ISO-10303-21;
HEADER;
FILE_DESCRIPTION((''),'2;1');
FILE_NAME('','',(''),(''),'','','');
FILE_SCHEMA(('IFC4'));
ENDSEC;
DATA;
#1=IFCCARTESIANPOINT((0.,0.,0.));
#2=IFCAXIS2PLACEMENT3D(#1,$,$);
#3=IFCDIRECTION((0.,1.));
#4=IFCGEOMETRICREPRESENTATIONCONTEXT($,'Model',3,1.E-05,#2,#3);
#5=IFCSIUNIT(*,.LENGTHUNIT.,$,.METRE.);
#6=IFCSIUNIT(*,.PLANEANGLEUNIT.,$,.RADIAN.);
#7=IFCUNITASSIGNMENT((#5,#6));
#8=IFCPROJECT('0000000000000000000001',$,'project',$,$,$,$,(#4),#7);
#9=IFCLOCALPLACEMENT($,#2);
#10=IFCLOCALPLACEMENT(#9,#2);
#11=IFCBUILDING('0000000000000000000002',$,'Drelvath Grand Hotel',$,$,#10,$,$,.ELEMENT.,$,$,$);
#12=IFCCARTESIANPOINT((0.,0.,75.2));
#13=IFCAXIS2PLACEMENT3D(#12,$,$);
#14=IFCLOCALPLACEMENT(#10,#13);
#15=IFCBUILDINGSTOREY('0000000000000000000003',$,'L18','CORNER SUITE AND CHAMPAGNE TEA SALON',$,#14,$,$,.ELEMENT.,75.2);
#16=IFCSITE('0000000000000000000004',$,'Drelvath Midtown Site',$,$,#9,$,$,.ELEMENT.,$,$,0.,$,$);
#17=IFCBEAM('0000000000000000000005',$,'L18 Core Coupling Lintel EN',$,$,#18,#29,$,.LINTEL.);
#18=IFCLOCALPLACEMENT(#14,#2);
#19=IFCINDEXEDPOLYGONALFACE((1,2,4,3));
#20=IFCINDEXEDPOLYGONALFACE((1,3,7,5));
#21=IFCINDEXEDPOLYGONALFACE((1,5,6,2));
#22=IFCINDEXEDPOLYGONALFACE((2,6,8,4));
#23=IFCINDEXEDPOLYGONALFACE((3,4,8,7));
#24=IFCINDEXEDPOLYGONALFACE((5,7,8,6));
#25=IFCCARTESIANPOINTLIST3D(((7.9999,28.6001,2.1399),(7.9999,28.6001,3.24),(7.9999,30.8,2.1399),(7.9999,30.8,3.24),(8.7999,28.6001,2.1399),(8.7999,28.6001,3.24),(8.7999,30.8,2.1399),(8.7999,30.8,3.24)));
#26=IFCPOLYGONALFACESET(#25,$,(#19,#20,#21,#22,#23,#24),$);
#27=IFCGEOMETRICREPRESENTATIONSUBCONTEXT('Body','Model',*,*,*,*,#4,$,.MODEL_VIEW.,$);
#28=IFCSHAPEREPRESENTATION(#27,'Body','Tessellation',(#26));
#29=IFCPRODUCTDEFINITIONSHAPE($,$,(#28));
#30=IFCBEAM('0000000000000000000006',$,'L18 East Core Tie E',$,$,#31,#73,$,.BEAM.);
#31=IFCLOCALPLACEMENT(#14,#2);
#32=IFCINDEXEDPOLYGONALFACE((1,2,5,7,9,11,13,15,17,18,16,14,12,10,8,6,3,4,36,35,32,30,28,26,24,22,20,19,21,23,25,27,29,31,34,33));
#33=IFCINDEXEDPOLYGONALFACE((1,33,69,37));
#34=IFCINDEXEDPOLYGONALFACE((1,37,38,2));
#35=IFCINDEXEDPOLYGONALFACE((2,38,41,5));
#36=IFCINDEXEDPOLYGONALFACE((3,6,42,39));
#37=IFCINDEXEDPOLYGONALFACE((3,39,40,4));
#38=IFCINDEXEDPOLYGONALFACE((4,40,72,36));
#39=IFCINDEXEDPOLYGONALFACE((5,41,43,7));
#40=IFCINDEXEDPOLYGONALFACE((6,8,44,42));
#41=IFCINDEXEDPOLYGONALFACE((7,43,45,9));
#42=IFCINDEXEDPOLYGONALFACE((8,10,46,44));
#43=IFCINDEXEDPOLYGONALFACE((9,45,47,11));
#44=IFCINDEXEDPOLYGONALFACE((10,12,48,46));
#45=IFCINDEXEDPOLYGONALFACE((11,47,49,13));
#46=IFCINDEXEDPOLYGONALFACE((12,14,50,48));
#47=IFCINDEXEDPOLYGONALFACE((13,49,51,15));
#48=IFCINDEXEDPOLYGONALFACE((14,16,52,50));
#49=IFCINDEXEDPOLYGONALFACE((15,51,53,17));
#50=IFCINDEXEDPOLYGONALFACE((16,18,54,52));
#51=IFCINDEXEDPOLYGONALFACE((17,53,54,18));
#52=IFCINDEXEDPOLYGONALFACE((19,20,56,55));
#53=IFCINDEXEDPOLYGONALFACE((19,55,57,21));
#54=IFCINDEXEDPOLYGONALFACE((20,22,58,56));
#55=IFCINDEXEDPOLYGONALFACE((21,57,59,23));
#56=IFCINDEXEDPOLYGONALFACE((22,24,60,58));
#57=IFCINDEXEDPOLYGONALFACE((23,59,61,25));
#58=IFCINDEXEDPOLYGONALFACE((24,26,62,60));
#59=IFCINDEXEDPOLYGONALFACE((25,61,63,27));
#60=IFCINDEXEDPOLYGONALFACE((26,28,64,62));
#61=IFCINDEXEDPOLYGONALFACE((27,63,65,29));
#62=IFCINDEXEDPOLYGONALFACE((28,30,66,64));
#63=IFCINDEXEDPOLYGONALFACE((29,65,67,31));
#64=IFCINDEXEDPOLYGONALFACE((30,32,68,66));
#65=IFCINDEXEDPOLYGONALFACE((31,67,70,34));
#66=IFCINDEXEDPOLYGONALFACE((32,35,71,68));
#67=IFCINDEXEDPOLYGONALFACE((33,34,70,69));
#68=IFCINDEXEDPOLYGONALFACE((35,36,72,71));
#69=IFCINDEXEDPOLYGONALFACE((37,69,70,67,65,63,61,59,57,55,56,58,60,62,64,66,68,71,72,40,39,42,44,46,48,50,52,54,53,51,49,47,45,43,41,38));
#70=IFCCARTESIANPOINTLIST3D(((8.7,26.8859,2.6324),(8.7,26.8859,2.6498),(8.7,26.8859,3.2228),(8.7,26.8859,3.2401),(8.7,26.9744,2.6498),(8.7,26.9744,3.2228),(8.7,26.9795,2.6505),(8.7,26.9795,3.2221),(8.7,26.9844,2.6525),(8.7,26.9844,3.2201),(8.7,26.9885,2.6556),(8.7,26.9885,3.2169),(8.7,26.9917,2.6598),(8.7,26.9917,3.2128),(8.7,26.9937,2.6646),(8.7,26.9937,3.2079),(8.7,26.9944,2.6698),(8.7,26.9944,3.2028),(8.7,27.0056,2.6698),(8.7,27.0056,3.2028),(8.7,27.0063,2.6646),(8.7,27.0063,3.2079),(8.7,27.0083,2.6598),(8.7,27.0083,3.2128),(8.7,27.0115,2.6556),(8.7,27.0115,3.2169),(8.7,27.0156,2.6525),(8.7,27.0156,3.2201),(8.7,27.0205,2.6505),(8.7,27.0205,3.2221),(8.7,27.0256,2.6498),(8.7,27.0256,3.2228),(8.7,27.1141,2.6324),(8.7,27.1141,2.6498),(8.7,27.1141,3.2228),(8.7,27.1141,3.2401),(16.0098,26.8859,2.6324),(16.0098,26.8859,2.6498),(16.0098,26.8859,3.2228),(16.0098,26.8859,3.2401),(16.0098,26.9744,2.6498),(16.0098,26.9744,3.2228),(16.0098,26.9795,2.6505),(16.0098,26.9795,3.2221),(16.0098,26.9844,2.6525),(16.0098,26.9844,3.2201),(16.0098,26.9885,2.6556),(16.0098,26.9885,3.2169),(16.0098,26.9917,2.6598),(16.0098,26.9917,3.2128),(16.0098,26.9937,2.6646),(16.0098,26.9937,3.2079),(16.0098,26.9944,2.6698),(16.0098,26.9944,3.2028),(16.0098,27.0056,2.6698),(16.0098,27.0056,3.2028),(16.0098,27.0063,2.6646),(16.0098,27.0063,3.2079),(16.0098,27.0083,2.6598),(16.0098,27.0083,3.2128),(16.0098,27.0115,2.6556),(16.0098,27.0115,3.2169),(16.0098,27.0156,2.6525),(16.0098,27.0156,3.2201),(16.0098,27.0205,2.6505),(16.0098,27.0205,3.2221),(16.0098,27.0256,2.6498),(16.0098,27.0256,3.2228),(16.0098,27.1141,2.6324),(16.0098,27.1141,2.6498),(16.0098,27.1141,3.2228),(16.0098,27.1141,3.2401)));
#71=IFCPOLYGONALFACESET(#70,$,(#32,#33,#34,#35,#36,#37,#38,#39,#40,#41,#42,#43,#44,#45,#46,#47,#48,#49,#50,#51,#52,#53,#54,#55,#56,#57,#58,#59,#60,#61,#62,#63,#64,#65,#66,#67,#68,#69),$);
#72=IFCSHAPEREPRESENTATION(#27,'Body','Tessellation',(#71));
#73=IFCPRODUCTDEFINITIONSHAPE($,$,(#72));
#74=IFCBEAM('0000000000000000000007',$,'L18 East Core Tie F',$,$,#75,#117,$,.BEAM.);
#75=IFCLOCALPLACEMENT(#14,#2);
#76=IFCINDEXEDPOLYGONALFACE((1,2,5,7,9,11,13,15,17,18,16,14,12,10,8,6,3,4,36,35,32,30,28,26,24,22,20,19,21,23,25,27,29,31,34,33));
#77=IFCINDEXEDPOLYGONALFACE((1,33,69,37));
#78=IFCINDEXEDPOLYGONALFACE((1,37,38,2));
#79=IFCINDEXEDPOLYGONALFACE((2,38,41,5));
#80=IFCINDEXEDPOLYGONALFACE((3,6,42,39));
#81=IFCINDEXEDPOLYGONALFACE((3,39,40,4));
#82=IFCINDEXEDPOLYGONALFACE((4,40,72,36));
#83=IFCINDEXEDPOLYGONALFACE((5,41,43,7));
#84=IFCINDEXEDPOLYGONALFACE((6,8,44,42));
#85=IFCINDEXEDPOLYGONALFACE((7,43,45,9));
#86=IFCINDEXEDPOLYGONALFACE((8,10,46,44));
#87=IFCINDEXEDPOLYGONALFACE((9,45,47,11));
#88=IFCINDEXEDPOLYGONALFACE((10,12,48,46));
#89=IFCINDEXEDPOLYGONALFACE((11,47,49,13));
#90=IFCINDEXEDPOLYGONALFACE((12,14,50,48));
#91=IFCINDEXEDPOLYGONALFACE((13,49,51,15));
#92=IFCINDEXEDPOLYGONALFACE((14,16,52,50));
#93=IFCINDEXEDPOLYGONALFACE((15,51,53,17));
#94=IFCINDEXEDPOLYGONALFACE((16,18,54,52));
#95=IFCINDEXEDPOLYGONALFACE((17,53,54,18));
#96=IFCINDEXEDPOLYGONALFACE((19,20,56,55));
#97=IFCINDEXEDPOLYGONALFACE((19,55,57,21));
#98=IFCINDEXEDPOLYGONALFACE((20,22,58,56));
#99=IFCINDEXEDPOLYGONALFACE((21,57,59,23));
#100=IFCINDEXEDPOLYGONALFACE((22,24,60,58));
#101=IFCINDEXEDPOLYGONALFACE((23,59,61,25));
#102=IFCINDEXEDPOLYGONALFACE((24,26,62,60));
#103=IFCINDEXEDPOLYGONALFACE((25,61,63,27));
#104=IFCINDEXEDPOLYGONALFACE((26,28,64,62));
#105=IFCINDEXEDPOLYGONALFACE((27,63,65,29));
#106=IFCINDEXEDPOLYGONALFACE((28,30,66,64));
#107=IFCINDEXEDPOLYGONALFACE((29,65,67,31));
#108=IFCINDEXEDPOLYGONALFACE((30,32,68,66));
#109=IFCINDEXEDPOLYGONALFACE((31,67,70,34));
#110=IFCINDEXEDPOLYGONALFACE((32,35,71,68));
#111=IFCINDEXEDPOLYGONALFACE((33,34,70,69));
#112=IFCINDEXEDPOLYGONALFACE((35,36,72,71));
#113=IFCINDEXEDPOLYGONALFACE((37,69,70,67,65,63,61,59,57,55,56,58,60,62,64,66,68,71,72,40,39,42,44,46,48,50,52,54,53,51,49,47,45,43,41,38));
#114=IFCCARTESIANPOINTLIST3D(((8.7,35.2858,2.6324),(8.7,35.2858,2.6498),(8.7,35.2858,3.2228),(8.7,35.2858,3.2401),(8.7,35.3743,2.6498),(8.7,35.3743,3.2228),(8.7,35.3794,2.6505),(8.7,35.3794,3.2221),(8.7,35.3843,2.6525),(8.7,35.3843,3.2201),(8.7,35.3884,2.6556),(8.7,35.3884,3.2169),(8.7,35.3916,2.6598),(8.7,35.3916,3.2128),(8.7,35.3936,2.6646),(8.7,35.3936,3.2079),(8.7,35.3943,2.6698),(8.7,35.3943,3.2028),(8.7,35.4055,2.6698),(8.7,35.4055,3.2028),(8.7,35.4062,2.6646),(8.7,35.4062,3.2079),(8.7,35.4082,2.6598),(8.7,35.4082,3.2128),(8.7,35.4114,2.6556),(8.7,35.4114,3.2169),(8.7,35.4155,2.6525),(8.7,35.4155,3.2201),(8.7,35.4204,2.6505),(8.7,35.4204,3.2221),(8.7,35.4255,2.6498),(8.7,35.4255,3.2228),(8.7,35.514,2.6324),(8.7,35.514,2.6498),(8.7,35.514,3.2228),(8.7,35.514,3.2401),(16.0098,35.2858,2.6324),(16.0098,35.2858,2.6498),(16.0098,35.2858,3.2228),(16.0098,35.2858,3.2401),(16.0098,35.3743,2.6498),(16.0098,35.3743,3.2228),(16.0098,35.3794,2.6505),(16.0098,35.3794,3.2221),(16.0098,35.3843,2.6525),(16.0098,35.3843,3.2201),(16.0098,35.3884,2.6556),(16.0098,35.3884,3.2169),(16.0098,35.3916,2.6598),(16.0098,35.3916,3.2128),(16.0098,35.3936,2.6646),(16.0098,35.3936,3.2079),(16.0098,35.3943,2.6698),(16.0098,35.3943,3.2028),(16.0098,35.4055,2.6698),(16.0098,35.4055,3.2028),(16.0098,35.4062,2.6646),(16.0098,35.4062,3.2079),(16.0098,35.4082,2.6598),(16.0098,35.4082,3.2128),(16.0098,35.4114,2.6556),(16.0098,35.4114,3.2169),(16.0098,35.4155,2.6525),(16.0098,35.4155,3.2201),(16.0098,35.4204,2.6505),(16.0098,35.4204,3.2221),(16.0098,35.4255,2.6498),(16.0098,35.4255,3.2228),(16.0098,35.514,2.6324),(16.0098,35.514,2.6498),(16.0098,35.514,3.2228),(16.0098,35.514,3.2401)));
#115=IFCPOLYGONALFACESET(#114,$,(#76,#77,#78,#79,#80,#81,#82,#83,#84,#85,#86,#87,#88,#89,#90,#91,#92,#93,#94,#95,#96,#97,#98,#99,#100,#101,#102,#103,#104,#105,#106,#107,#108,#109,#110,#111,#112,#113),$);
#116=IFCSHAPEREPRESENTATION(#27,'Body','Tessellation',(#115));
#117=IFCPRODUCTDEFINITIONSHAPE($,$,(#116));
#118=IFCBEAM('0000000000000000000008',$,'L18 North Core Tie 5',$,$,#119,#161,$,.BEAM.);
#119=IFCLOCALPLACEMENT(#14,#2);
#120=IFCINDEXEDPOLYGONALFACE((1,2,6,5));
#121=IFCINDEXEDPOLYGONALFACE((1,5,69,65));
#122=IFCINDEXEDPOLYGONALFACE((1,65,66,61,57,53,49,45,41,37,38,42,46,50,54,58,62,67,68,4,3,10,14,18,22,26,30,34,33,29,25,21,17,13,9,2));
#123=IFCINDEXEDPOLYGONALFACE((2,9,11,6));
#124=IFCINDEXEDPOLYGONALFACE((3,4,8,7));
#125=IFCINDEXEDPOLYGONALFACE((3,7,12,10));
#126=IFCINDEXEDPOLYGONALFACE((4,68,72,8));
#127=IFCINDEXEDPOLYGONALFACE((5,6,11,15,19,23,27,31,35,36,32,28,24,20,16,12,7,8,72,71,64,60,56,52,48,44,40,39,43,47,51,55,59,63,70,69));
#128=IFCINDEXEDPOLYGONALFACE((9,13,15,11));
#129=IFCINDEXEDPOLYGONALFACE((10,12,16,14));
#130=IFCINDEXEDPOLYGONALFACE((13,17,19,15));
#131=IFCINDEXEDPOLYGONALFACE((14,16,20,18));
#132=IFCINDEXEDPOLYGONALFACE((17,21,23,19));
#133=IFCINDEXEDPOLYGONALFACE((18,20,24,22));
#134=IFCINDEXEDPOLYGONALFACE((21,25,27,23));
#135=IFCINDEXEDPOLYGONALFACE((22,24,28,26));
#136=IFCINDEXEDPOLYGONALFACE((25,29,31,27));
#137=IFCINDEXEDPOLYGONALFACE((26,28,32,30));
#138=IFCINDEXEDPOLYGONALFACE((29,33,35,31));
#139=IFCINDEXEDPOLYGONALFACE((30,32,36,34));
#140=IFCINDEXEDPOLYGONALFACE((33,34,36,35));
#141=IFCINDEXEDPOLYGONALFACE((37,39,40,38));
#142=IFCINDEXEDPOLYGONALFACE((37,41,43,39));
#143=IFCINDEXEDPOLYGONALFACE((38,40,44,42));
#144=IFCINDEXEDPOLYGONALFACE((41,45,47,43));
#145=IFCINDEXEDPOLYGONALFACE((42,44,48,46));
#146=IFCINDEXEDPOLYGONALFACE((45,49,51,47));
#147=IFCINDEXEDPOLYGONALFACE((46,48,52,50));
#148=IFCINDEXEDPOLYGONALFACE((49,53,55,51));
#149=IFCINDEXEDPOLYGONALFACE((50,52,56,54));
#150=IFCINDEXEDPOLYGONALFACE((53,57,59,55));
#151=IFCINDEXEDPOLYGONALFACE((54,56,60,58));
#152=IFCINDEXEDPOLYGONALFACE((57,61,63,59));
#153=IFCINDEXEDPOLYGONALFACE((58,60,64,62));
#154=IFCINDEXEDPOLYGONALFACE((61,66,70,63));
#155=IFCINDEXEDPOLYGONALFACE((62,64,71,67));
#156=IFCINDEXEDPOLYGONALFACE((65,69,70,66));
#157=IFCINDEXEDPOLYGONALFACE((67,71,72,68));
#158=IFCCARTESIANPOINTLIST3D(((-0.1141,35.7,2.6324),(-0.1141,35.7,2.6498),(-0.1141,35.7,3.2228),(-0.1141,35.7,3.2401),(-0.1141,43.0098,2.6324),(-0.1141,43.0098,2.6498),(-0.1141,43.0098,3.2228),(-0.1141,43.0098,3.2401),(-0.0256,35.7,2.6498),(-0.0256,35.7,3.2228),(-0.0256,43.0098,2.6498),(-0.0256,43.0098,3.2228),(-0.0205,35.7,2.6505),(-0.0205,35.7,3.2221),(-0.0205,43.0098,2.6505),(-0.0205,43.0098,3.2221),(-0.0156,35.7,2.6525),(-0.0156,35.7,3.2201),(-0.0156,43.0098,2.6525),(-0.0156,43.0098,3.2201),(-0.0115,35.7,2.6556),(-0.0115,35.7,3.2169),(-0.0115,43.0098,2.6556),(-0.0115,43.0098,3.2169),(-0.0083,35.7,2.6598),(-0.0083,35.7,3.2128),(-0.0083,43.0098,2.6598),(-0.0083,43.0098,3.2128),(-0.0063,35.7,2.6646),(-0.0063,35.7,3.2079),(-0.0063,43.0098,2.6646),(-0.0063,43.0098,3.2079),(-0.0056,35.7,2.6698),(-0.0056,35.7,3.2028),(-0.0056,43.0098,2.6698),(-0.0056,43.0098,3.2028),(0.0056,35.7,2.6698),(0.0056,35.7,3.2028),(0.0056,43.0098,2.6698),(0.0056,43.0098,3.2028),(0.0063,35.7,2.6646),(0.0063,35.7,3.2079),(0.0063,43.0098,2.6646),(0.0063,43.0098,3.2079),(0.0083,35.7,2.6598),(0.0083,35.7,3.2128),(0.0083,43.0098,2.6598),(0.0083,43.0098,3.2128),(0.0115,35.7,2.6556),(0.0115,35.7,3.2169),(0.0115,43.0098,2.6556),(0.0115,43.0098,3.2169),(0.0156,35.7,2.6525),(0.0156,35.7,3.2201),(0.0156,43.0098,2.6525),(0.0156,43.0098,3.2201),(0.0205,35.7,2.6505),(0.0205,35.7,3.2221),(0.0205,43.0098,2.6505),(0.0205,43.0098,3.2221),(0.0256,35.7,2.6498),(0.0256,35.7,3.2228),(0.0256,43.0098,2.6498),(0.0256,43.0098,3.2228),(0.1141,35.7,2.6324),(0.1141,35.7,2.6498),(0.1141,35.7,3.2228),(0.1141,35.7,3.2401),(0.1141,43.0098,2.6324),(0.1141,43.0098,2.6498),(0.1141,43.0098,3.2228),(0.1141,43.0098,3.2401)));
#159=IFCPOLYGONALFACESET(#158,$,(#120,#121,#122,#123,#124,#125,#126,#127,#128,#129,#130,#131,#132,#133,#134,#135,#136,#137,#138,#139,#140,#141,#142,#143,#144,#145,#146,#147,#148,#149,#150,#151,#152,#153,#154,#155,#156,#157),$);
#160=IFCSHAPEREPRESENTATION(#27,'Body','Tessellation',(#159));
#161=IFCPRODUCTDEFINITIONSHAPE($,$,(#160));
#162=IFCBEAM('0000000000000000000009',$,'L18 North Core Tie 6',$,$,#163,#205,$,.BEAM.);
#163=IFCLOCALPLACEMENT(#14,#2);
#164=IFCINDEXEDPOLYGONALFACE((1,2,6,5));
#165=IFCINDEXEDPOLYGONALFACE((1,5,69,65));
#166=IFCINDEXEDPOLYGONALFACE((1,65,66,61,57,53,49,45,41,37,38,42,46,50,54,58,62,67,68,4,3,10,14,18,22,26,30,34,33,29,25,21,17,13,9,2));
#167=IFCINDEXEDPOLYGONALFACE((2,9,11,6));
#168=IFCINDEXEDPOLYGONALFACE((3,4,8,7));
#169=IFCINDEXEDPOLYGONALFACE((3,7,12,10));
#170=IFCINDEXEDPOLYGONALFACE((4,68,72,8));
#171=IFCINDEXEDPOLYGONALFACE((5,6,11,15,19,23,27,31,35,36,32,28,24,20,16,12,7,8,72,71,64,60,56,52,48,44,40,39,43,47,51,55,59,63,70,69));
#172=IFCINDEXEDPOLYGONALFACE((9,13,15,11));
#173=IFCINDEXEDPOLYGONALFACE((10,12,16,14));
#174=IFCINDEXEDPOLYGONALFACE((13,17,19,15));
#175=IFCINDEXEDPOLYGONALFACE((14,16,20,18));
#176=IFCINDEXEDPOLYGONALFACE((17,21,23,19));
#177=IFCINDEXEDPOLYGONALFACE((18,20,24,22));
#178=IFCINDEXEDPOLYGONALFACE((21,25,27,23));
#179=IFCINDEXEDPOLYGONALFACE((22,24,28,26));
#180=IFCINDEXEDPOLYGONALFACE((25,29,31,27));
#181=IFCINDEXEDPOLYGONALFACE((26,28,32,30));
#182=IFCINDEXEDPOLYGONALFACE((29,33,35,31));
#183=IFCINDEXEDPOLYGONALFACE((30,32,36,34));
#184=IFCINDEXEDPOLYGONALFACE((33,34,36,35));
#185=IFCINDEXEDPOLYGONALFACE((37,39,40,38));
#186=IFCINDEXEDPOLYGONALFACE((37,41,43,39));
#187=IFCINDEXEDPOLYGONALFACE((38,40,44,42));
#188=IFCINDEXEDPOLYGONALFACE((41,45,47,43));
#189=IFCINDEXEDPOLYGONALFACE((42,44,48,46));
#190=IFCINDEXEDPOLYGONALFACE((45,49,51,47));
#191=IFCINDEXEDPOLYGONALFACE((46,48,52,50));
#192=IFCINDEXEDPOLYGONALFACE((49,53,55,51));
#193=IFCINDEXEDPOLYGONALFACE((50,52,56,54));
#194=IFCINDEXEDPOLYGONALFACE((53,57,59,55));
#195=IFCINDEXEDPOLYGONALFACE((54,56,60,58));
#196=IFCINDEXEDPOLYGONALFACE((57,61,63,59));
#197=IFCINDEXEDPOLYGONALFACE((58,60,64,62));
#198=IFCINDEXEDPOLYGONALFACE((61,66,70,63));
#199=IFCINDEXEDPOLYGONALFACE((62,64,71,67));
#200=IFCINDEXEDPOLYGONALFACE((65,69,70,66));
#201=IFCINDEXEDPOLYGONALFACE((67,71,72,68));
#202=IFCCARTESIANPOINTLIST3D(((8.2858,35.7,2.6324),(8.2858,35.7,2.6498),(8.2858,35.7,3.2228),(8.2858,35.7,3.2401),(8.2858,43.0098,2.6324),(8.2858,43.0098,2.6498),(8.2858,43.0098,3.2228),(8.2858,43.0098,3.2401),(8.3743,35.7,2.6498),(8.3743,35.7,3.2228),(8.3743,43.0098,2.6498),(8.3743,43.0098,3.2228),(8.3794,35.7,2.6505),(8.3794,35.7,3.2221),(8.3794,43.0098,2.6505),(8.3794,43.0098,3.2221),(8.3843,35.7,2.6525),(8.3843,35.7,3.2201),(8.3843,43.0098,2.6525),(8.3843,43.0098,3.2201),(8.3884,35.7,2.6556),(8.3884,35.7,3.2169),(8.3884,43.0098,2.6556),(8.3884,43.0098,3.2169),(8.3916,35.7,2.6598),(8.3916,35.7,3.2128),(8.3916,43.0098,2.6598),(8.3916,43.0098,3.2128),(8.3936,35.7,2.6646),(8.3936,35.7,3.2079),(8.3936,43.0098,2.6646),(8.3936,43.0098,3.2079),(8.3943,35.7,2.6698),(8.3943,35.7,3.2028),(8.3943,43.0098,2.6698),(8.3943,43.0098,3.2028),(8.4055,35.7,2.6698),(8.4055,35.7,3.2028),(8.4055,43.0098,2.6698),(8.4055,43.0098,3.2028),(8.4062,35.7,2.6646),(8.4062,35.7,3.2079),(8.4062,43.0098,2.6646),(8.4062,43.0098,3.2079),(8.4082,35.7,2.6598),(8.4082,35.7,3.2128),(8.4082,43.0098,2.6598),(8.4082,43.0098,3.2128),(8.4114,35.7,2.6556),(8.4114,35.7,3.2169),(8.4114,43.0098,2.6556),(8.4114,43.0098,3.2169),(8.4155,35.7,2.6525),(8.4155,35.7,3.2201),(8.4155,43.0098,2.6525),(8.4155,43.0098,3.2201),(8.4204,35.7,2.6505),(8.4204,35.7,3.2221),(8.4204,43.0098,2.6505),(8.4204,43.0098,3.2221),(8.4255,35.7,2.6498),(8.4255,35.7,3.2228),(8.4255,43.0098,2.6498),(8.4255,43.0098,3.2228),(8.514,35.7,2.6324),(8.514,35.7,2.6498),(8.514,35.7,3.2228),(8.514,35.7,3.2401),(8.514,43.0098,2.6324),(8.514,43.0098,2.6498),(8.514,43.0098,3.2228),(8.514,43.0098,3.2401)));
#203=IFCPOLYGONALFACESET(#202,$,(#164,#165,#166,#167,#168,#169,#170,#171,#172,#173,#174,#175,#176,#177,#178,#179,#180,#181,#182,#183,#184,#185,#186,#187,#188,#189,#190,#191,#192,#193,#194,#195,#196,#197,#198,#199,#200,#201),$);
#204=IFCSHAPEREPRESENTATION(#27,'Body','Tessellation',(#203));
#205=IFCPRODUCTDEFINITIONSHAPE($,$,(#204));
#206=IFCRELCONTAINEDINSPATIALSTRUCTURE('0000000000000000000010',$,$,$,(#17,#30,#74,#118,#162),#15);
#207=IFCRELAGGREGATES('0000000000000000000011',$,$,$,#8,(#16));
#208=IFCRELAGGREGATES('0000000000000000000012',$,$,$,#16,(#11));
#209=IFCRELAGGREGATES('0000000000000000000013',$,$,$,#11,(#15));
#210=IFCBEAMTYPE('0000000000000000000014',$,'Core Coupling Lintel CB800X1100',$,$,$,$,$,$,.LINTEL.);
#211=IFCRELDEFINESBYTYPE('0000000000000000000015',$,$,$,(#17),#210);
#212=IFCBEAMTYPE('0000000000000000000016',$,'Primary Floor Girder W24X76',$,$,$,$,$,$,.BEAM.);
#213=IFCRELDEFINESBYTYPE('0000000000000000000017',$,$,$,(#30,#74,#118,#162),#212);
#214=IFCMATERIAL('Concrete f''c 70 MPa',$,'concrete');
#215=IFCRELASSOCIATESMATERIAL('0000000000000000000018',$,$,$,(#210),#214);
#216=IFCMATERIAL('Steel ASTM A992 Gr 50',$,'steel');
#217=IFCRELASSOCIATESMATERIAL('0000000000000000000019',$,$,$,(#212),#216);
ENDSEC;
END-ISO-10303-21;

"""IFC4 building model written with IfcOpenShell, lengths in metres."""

from ifc_helpers import new_model, si_unit, direction, frame, origin, origin_2d, place, context, subcontext, project, spatial, rectangle, i_section, extrude, material, material_profile, profile_set, type_object, element, save


model = new_model("IFC4")

# Units and contexts
model_context = context("Model", 3, precision=1e-05, world=origin(), true_north=direction((0.0, 1.0)))
body_context = subcontext(model_context, "Body", "Model", "MODEL_VIEW")
ifc_project = project(units=[si_unit("LENGTHUNIT", "METRE"), si_unit("PLANEANGLEUNIT", "RADIAN")], contexts=[model_context])

# Site, building, storey
site_placement = place(None, origin())
site = spatial("IfcSite", under=ifc_project, at=site_placement, Name="Drelvath Midtown Site", CompositionType="ELEMENT", RefElevation=0.0)
building_placement = place(site_placement, origin())
building = spatial("IfcBuilding", under=site, at=building_placement, Name="Drelvath Grand Hotel", CompositionType="ELEMENT")
storey_placement = place(building_placement, frame((0.0, 0.0, 75.2)))
storey = spatial("IfcBuildingStorey", under=building, at=storey_placement, Name="L18", Description="CORNER SUITE AND CHAMPAGNE TEA SALON", CompositionType="ELEMENT", Elevation=75.2)

# Beams
ifc_material_1 = material(Name="Concrete f'c 70 MPa", Category="concrete")
ifc_material_profile_1 = material_profile(ifc_material_1, rectangle(XDim=0.8, YDim=1.1001, at=origin_2d()), Name="CB800X1100")
ifc_profile_set_1 = profile_set([ifc_material_profile_1], Name="Concrete f'c 70 MPa")
beam_type_1 = type_object("IfcBeamType", Name="Core Coupling Lintel CB800X1100", PredefinedType="LINTEL", material=ifc_profile_set_1)
beam_placement = place(storey_placement, frame((8.3999, 28.6001, 2.6899), z_axis=(0.0, 1.0, 0.0), x_axis=(-1.0, 0.0, 0.0)))
element("IfcBeam", 1, at=beam_placement, inside=storey, type_object=beam_type_1, Name="L18 Core Coupling Lintel EN", PredefinedType="LINTEL", context=body_context, shape_type="SweptSolid", body=[
    extrude(rectangle(XDim=0.8, YDim=1.1001, at=origin_2d()), origin(), (0.0, 0.0, 1.0), 2.2),
])
ifc_material_2 = material(Name="Steel ASTM A992 Gr 50", Category="steel")
ifc_material_profile_2 = material_profile(ifc_material_2, i_section(OverallWidth=0.2283, OverallDepth=0.6077, WebThickness=0.0112, FlangeThickness=0.0173, FilletRadius=0.02, at=origin_2d()), Name="W24X76")
ifc_profile_set_2 = profile_set([ifc_material_profile_2], Name="Steel ASTM A992 Gr 50")
beam_type_2 = type_object("IfcBeamType", Name="Primary Floor Girder W24X76", PredefinedType="BEAM", material=ifc_profile_set_2)
for number, where, z_axis, x_axis, name in (
    (2, (8.7, 27.0, 2.9363), (1.0, 0.0, 0.0), (0.0, 1.0, 0.0), "L18 East Core Tie E"),
    (3, (8.7, 35.3999, 2.9363), (1.0, 0.0, 0.0), (0.0, 1.0, 0.0), "L18 East Core Tie F"),
    (4, (0.0, 35.7, 2.9363), (0.0, 1.0, 0.0), (-1.0, 0.0, 0.0), "L18 North Core Tie 5"),
    (5, (8.3999, 35.7, 2.9363), (0.0, 1.0, 0.0), (-1.0, 0.0, 0.0), "L18 North Core Tie 6"),
):
    element("IfcBeam", number, at=place(storey_placement, frame(where, z_axis=z_axis, x_axis=x_axis)), inside=storey, type_object=beam_type_2, Name=name, PredefinedType="BEAM", context=body_context, shape_type="SweptSolid", body=[
        extrude(i_section(OverallWidth=0.2283, OverallDepth=0.6077, WebThickness=0.0112, FlangeThickness=0.0173, FilletRadius=0.02, at=origin_2d()), origin(), (0.0, 0.0, 1.0), 7.3098),
    ])

save(model, "model.ifc")
